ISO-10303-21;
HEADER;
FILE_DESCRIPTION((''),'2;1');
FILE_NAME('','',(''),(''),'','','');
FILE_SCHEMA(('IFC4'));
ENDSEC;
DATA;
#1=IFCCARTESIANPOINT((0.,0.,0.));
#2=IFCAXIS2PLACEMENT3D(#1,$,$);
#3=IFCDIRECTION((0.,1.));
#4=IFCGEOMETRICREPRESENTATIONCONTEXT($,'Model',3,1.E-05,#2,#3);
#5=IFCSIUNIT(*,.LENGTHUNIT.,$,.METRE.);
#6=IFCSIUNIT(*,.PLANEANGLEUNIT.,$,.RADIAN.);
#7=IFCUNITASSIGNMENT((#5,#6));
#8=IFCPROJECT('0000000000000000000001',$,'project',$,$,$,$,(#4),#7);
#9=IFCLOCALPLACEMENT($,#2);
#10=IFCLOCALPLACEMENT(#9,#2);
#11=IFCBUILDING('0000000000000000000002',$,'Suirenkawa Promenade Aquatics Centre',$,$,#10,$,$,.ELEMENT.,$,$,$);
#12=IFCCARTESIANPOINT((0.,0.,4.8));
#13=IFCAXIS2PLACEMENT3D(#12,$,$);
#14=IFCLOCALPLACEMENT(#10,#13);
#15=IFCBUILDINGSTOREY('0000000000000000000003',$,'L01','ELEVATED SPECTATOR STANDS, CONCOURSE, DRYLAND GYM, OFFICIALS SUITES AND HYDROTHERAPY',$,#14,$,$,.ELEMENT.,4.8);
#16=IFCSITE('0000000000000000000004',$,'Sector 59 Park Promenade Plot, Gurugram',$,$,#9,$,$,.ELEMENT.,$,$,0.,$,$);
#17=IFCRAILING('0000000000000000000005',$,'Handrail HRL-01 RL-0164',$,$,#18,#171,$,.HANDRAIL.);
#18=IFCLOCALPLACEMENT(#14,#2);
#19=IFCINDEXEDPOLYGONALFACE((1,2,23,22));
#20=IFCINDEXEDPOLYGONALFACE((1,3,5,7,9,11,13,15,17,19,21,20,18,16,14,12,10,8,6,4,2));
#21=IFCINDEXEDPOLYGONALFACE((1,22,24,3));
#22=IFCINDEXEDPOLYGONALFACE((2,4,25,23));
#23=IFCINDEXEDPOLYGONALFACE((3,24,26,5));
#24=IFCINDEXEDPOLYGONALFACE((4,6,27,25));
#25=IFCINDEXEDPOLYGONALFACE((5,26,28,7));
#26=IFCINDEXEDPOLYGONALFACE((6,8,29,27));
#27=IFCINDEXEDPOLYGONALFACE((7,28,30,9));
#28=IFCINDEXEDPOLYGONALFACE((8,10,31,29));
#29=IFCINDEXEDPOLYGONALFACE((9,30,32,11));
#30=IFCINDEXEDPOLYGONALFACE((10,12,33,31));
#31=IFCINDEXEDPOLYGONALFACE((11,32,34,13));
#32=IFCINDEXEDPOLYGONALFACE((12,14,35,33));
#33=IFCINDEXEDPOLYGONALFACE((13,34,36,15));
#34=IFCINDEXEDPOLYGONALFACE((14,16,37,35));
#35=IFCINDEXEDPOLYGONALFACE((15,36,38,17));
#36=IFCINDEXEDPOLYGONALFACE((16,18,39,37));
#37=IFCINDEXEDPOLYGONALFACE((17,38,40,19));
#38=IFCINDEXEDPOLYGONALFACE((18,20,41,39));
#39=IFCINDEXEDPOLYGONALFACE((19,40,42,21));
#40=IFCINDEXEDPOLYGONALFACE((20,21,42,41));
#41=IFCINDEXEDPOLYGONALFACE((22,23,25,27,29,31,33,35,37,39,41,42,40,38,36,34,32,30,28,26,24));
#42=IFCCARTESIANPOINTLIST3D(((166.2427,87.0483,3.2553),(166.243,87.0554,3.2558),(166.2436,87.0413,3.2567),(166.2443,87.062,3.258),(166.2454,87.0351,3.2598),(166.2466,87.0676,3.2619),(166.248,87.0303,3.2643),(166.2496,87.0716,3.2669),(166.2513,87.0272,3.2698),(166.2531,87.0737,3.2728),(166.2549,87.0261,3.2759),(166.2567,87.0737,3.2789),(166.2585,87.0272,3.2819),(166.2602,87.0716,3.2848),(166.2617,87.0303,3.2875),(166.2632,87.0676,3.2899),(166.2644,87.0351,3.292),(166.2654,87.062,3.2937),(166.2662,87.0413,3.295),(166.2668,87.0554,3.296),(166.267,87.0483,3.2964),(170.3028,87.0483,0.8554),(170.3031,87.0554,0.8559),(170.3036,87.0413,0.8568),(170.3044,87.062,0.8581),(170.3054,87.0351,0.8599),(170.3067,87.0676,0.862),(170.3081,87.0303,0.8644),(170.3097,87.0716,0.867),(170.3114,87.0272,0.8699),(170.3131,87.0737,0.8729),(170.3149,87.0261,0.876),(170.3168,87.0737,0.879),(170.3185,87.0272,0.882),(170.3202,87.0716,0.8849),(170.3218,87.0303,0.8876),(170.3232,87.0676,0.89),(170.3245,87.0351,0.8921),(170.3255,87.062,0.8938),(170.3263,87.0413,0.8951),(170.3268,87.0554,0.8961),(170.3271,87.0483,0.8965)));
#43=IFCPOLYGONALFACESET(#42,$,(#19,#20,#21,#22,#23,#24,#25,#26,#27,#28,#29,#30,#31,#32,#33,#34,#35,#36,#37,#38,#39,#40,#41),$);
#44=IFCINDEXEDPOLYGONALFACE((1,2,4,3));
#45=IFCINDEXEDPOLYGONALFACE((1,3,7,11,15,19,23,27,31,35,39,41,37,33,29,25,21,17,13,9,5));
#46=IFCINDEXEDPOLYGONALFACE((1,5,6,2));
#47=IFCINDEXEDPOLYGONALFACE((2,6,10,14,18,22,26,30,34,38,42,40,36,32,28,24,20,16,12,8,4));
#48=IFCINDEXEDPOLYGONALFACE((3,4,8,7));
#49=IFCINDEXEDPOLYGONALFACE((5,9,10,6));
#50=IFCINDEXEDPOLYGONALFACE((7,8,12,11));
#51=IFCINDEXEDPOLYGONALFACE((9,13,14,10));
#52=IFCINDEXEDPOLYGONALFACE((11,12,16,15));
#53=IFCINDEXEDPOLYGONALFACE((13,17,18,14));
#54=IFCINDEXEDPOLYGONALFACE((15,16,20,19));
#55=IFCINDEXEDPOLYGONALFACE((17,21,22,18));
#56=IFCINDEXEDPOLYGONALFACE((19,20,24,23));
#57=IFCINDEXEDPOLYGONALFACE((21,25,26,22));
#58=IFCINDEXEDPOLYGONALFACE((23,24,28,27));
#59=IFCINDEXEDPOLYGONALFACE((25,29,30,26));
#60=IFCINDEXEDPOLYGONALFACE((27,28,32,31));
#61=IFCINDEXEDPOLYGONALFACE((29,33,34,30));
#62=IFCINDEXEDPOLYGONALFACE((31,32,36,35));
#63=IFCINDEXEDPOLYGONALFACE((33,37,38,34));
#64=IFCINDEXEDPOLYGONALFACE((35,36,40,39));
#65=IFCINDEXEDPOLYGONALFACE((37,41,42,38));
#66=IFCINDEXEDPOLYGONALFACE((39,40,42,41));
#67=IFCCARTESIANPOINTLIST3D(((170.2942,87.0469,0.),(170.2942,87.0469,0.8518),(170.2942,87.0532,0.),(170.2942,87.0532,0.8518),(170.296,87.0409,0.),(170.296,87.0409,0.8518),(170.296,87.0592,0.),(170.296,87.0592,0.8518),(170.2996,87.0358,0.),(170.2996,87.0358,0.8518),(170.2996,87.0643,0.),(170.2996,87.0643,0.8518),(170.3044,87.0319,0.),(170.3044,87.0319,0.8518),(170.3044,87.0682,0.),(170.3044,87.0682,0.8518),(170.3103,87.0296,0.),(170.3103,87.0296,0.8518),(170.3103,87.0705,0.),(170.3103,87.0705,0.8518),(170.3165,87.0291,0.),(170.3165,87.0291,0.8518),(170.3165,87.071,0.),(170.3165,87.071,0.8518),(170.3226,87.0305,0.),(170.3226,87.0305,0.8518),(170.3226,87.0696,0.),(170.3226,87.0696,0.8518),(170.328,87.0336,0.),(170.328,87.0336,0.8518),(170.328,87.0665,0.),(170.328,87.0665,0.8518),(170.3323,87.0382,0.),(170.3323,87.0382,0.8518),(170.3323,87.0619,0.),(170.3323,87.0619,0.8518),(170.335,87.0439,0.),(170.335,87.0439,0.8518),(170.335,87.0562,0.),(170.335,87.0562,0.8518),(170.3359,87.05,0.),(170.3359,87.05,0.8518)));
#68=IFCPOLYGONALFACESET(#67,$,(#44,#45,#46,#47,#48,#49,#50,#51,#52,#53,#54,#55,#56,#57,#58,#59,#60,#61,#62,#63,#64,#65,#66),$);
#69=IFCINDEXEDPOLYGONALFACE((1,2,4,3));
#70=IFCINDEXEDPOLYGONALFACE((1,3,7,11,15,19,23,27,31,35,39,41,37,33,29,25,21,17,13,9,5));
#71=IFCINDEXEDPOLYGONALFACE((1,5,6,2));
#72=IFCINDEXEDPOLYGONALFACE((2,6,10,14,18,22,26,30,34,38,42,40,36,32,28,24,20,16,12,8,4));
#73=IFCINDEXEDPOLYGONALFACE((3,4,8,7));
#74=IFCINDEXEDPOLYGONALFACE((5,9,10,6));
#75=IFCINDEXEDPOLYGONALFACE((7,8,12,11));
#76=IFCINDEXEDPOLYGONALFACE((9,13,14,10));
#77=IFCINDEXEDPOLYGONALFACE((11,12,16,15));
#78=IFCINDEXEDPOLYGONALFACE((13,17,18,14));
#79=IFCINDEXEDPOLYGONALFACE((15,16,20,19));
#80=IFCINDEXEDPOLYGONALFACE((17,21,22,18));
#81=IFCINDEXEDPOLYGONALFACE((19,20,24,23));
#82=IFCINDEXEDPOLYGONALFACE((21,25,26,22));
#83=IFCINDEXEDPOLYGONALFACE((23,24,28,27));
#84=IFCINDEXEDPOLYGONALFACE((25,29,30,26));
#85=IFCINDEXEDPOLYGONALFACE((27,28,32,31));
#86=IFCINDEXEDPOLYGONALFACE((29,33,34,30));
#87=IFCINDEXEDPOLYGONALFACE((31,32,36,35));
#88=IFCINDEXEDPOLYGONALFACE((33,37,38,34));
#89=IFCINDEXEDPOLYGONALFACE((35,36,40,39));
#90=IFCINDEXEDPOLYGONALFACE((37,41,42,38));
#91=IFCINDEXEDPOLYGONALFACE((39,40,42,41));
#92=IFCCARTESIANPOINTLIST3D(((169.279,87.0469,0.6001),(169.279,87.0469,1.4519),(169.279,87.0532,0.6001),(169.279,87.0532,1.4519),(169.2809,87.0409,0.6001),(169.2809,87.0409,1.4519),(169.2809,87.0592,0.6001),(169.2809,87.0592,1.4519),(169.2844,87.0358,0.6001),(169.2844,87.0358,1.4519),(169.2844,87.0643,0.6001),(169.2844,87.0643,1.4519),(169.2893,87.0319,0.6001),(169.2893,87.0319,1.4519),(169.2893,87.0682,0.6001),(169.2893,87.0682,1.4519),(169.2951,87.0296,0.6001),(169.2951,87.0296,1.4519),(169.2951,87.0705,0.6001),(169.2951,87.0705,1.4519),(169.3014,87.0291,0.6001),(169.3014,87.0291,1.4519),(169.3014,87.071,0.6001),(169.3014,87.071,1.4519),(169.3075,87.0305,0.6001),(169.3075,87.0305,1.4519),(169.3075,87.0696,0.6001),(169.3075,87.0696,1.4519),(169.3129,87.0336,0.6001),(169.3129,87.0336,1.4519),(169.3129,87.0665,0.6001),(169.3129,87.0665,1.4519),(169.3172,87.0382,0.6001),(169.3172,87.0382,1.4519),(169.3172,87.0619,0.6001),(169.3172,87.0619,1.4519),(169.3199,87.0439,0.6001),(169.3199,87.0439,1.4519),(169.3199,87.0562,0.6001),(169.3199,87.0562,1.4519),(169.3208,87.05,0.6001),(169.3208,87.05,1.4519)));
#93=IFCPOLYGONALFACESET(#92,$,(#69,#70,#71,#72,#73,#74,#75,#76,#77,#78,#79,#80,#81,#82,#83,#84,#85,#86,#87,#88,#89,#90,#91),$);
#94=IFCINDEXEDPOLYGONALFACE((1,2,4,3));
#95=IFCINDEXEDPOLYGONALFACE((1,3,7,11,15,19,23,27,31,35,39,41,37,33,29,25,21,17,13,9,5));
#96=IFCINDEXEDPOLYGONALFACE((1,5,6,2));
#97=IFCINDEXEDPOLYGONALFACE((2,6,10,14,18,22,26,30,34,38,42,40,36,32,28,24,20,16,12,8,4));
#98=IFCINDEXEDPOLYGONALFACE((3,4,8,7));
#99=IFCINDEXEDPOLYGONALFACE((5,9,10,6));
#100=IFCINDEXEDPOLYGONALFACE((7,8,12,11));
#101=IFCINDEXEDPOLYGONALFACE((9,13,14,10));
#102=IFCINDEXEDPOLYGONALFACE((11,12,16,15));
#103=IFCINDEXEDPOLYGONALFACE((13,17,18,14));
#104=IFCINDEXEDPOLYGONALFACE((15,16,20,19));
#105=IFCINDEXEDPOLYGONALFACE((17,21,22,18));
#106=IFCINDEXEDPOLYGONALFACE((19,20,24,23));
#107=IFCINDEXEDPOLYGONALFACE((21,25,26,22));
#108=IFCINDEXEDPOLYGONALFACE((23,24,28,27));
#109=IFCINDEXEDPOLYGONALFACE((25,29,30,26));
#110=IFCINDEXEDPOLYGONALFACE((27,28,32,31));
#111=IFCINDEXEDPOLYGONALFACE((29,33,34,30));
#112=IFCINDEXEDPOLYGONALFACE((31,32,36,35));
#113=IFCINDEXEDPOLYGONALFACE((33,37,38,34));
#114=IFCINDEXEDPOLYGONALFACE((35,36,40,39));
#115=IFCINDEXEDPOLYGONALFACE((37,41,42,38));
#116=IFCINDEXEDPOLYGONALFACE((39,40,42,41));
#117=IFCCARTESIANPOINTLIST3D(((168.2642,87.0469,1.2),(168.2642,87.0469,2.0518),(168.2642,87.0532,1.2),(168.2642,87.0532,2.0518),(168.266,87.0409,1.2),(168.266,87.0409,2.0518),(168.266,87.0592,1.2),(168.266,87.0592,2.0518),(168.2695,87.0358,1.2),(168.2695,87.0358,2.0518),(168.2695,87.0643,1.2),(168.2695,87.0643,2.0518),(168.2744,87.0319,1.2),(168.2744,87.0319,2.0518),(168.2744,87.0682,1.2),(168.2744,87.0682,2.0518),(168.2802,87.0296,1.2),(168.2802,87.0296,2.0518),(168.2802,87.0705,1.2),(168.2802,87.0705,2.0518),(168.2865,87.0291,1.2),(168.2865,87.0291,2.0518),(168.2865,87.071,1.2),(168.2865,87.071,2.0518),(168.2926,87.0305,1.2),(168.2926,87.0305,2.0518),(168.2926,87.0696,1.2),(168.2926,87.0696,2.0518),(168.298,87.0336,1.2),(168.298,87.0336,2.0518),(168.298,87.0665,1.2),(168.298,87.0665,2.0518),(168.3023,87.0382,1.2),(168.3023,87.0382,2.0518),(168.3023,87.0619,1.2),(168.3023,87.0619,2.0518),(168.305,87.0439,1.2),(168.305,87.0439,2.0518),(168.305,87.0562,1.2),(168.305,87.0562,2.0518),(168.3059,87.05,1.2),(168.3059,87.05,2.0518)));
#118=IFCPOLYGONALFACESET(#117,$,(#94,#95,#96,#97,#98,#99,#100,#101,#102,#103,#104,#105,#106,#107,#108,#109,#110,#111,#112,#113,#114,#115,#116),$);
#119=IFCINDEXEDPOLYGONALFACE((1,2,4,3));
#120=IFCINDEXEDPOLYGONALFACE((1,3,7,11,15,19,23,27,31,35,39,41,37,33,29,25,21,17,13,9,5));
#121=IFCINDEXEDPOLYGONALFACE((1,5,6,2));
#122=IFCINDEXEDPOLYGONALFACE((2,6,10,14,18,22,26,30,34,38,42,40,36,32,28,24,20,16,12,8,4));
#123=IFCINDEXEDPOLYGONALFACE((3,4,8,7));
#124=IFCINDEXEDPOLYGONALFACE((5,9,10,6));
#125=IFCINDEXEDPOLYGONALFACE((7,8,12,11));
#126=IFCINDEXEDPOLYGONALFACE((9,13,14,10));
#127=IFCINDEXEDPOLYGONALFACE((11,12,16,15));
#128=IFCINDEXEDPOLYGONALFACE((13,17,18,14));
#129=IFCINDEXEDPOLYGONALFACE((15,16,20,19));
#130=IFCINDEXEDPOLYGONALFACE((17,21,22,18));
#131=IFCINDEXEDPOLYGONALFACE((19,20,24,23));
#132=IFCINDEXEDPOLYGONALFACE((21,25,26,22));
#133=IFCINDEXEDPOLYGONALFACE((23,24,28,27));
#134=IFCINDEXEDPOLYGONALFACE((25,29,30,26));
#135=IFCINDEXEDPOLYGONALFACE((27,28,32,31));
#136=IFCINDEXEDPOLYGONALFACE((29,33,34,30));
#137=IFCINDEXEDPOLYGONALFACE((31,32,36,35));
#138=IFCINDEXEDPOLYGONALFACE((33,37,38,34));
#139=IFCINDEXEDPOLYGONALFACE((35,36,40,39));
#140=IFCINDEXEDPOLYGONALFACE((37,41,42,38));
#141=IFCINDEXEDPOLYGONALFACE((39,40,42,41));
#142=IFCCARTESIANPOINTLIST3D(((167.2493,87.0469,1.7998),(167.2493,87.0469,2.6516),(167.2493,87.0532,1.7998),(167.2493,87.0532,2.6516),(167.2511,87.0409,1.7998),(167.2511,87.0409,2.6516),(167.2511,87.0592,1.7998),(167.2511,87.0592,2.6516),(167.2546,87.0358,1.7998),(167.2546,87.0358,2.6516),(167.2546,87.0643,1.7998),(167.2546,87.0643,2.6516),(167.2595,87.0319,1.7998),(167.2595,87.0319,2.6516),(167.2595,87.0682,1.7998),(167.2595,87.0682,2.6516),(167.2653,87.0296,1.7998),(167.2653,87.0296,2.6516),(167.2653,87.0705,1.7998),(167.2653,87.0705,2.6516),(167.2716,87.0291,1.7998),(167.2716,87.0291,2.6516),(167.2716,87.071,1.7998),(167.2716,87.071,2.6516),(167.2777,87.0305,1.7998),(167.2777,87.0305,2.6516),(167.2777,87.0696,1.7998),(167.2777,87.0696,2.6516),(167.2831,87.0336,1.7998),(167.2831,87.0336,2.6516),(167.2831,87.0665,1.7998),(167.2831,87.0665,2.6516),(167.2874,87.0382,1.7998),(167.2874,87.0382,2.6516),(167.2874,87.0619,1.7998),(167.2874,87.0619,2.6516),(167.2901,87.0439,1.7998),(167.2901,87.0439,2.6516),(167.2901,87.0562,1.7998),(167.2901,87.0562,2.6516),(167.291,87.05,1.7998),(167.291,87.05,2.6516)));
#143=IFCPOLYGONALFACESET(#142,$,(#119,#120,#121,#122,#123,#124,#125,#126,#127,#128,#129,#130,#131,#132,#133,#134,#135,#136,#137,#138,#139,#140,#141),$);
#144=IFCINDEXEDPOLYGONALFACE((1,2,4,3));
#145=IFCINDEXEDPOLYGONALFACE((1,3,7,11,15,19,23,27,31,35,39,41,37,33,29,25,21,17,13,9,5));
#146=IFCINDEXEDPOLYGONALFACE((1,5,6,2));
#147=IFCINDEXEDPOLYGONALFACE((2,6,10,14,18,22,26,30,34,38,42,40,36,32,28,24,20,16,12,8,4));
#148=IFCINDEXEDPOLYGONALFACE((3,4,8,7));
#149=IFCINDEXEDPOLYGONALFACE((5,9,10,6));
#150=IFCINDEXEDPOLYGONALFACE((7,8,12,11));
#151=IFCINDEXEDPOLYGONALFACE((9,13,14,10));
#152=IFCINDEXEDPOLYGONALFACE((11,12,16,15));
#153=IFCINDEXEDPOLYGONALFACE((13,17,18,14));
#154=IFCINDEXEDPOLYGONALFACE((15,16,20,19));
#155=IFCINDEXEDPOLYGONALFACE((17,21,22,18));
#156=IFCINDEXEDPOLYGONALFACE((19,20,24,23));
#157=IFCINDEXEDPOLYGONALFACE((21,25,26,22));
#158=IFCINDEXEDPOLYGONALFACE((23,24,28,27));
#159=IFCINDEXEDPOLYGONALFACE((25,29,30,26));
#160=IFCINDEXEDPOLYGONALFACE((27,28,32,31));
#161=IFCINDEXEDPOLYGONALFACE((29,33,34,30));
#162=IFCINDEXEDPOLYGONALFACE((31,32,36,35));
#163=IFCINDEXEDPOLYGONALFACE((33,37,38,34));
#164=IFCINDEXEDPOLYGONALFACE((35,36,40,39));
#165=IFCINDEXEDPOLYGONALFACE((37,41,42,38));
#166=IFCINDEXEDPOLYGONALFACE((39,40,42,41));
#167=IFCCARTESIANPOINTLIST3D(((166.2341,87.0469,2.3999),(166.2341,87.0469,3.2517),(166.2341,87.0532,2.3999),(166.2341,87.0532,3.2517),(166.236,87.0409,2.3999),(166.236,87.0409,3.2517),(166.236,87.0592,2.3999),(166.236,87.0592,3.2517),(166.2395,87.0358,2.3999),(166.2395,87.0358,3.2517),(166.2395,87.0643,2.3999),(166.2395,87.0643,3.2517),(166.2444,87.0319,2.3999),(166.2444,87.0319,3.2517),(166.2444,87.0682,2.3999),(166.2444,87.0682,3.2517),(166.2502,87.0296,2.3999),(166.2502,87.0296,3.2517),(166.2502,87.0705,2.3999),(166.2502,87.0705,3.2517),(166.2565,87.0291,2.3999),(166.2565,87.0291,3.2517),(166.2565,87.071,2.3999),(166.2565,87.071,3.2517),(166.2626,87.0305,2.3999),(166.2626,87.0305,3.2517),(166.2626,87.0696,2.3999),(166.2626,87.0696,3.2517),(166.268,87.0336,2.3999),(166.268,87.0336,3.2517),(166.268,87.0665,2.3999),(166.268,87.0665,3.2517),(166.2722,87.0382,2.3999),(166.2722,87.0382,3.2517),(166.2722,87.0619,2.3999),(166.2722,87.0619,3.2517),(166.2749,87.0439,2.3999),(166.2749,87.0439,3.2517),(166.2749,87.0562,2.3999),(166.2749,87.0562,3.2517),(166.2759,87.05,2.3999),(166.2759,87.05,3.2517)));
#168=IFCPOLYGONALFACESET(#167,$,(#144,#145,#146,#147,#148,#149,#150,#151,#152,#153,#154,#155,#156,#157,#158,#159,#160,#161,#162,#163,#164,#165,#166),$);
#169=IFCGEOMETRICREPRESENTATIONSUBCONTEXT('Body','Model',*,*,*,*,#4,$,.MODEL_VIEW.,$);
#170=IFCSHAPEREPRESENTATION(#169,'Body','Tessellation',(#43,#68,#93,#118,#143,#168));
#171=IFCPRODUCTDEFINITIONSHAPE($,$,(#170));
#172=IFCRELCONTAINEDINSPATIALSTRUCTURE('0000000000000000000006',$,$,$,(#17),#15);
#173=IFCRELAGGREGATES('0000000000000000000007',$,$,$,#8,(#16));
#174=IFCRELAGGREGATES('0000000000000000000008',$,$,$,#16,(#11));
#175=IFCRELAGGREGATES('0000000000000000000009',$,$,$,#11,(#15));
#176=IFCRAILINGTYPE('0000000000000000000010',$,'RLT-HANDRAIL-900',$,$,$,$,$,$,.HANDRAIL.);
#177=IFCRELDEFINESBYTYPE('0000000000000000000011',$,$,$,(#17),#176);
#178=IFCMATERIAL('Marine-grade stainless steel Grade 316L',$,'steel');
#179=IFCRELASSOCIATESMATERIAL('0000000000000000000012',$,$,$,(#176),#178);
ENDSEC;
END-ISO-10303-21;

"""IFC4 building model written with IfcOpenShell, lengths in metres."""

from ifc_helpers import new_model, si_unit, direction, frame, origin, origin_2d, place, context, subcontext, project, spatial, circle, extrude, material, type_object, element, save


model = new_model("IFC4")

# Units and contexts
model_context = context("Model", 3, precision=1e-05, world=origin(), true_north=direction((0.0, 1.0)))
body_context = subcontext(model_context, "Body", "Model", "MODEL_VIEW")
ifc_project = project(units=[si_unit("LENGTHUNIT", "METRE"), si_unit("PLANEANGLEUNIT", "RADIAN")], contexts=[model_context])

# Site, building, storey
site_placement = place(None, origin())
site = spatial("IfcSite", under=ifc_project, at=site_placement, Name="Sector 59 Park Promenade Plot, Gurugram", CompositionType="ELEMENT", RefElevation=0.0)
building_placement = place(site_placement, origin())
building = spatial("IfcBuilding", under=site, at=building_placement, Name="Suirenkawa Promenade Aquatics Centre", CompositionType="ELEMENT")
storey_placement = place(building_placement, frame((0.0, 0.0, 4.8)))
storey = spatial("IfcBuildingStorey", under=building, at=storey_placement, Name="L01", Description="ELEVATED SPECTATOR STANDS, CONCOURSE, DRYLAND GYM, OFFICIALS SUITES AND HYDROTHERAPY", CompositionType="ELEMENT", Elevation=4.8)

# Shared definitions
ifc_material_1 = material(Name="Marine-grade stainless steel Grade 316L", Category="steel")

# Railing
railing_type_1 = type_object("IfcRailingType", Name="RLT-HANDRAIL-900", PredefinedType="HANDRAIL", material=ifc_material_1)
for number, where, name in (
    (1, (170.3149, 87.05, 0.0), "Handrail HRL-01 RL-0164"),
):
    element("IfcRailing", number, at=place(storey_placement, frame(where)), inside=storey, type_object=railing_type_1, Name=name, PredefinedType="HANDRAIL", context=body_context, shape_type="SweptSolid", body=[
        extrude(circle(Radius=0.0239, at=origin_2d()), frame((0.0, 0.0, 0.876), z_axis=(-0.860854, 0.0, 0.508851), x_axis=(0.0, -1.0, 0.0)), (0.0, 0.0, 1.0), 4.7163),
        extrude(circle(Radius=0.021, at=origin_2d()), origin(), (0.0, 0.0, 1.0), 0.8518),
        extrude(circle(Radius=0.021, at=origin_2d()), frame((-1.0151, 0.0, 0.6001)), (0.0, 0.0, 1.0), 0.8518),
        extrude(circle(Radius=0.021, at=origin_2d()), frame((-2.03, 0.0, 1.2)), (0.0, 0.0, 1.0), 0.8518),
        extrude(circle(Radius=0.021, at=origin_2d()), frame((-3.0449, 0.0, 1.7998)), (0.0, 0.0, 1.0), 0.8518),
        extrude(circle(Radius=0.021, at=origin_2d()), frame((-4.0601, 0.0, 2.3999)), (0.0, 0.0, 1.0), 0.8518),
    ])

save(model, "model.ifc")
